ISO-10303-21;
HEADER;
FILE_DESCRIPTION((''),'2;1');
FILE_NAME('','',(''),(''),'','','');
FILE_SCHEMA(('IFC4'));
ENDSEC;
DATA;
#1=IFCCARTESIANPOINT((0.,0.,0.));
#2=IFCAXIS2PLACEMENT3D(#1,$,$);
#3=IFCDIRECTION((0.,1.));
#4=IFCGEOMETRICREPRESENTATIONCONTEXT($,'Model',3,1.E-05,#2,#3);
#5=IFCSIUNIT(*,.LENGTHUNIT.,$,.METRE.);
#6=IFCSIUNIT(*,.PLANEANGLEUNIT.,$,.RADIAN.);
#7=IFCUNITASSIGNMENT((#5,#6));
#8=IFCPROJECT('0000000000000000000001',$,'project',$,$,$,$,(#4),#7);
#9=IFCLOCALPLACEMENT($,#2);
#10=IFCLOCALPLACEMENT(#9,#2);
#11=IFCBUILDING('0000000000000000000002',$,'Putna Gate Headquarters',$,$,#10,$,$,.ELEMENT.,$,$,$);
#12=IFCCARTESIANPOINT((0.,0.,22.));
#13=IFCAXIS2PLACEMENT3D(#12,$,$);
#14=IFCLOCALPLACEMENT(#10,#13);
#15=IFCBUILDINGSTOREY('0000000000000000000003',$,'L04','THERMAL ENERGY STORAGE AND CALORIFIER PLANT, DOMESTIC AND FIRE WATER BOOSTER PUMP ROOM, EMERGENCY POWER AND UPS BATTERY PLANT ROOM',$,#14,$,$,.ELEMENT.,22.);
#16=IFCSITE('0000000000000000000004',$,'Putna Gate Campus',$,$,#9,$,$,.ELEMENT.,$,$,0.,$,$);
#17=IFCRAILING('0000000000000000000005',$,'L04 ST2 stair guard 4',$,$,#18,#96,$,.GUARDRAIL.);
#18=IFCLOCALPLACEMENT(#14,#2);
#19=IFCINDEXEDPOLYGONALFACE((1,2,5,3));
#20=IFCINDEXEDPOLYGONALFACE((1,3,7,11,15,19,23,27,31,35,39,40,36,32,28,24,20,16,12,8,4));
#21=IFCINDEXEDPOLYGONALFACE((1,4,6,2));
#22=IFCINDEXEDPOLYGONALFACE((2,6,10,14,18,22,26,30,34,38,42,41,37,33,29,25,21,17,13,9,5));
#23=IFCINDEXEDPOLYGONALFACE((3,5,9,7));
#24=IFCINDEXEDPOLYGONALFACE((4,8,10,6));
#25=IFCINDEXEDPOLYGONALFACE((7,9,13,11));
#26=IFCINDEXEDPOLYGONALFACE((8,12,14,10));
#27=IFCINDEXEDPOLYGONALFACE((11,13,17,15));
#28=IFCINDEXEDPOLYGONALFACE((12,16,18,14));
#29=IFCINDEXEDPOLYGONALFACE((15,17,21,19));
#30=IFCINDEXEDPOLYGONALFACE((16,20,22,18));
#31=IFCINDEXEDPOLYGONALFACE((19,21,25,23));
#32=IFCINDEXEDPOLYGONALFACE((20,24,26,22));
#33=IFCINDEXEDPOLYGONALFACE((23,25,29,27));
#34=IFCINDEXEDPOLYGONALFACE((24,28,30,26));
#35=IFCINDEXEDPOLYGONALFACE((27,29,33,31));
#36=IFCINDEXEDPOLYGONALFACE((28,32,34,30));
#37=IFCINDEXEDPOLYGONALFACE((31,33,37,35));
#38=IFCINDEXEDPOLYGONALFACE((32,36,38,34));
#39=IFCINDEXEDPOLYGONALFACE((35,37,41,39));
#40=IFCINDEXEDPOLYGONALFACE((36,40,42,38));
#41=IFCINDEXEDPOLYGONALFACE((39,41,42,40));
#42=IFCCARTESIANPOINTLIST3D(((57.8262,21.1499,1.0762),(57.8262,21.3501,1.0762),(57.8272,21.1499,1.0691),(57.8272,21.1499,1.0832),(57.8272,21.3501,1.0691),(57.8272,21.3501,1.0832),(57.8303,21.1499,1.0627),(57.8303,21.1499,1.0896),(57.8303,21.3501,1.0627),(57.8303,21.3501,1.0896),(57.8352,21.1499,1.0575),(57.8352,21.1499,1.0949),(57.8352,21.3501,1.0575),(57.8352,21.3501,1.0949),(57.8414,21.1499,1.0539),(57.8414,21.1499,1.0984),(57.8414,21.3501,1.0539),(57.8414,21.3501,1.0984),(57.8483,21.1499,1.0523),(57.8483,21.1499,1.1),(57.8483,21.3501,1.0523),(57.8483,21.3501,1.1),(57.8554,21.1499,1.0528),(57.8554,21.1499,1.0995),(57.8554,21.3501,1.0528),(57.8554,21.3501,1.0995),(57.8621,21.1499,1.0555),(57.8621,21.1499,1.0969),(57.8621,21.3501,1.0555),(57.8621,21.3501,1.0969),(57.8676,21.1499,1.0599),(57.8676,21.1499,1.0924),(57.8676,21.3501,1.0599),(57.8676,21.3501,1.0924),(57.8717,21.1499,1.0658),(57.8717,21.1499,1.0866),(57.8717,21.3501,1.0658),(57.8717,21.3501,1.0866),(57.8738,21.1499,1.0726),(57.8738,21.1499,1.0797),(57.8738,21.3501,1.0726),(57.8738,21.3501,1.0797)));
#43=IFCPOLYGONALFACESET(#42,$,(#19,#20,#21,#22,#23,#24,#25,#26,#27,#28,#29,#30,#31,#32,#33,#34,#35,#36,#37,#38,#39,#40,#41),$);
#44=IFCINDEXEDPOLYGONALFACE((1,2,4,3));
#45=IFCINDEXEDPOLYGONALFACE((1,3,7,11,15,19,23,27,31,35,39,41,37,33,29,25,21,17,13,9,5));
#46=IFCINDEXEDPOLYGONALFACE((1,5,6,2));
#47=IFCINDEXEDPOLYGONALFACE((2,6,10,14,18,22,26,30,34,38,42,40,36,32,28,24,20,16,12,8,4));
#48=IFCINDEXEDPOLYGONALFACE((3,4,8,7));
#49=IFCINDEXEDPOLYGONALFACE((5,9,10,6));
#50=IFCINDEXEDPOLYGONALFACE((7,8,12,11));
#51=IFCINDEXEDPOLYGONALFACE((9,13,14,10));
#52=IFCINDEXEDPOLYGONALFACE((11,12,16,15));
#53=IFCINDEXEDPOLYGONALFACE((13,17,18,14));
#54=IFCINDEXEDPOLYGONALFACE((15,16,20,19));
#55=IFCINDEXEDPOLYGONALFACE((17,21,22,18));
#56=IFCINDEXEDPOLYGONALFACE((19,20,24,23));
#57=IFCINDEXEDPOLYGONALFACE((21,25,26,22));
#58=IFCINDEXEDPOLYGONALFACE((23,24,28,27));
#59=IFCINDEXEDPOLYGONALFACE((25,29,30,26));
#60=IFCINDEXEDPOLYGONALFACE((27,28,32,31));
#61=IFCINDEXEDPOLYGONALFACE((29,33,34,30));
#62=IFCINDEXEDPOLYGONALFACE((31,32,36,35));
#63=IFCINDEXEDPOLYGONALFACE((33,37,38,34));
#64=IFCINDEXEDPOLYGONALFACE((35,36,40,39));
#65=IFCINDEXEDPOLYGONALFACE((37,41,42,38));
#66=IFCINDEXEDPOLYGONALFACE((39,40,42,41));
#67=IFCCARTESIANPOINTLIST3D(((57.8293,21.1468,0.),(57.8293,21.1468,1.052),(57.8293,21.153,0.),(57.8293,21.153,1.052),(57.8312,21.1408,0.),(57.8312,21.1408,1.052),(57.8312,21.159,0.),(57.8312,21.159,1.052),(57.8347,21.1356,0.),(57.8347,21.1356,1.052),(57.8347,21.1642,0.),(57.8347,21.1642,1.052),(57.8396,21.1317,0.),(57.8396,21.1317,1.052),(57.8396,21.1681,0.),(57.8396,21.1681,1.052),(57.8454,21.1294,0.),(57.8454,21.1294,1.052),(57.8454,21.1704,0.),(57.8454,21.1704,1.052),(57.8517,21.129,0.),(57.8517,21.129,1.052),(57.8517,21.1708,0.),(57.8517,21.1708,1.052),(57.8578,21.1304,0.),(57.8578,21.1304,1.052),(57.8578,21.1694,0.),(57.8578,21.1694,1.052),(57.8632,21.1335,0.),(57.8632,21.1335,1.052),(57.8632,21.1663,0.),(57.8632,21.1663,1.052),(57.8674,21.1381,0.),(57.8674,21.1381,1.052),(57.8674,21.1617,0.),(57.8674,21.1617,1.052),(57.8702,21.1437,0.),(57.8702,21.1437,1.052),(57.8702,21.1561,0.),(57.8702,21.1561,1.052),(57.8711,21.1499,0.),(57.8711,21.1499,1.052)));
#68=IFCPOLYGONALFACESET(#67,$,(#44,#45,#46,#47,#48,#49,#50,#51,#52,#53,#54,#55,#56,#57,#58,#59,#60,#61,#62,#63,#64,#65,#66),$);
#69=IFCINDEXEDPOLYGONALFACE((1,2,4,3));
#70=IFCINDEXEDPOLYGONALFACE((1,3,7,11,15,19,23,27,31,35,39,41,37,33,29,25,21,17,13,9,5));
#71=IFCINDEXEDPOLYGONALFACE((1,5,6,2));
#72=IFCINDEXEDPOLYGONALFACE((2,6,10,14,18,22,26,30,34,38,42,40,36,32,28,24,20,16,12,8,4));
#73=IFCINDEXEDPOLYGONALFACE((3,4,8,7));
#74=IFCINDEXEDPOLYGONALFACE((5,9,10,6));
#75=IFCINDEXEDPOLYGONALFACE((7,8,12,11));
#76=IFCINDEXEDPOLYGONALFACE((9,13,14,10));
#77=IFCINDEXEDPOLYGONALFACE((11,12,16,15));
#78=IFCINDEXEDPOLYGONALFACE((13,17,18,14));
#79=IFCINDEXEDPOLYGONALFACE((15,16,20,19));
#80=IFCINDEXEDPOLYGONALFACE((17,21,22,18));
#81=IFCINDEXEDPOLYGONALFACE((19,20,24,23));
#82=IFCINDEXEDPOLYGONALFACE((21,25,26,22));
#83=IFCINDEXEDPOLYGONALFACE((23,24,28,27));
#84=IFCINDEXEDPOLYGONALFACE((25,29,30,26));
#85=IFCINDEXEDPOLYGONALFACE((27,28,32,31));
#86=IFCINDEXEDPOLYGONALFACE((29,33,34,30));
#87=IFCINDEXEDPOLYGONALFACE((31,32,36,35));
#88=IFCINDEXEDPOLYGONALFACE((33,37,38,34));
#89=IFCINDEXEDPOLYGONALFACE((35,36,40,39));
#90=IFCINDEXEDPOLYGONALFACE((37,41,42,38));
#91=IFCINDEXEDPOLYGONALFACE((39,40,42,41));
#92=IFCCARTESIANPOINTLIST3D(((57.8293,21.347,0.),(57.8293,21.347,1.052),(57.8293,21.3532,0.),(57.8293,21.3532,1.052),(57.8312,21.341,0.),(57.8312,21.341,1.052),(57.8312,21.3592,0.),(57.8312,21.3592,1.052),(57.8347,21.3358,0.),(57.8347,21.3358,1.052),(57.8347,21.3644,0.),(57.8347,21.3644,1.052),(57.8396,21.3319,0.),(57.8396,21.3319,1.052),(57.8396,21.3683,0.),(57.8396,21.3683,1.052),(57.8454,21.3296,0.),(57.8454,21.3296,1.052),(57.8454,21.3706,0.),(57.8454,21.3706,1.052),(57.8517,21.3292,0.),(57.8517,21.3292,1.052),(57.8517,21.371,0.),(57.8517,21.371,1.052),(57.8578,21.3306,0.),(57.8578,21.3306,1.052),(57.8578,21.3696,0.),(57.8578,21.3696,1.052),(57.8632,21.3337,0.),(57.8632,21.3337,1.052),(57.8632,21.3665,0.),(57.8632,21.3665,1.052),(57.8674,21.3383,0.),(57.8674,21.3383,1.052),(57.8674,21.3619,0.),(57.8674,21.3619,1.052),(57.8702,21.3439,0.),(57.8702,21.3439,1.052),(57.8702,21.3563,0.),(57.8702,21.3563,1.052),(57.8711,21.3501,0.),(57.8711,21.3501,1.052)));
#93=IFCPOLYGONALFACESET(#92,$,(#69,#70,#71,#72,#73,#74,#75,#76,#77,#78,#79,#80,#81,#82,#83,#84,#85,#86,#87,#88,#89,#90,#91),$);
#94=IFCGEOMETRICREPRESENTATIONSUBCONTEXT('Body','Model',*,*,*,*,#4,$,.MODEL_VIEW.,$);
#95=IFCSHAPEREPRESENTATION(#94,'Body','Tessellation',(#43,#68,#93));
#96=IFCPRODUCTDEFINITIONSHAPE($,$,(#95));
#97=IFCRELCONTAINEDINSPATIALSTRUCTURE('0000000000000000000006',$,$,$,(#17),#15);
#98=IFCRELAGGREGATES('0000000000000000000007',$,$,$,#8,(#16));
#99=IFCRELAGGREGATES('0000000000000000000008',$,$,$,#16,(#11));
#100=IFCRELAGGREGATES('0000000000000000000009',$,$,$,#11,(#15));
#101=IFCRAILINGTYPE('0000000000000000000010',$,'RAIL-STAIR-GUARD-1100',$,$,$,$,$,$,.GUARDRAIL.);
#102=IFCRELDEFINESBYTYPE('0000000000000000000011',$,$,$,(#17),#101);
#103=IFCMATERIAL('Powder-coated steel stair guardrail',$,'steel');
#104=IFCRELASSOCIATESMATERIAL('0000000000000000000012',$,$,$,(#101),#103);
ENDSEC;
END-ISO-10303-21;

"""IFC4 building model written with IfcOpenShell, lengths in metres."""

from ifc_helpers import new_model, si_unit, direction, frame, origin, origin_2d, place, context, subcontext, project, spatial, circle, extrude, material, type_object, element, save


model = new_model("IFC4")

# Units and contexts
model_context = context("Model", 3, precision=1e-05, world=origin(), true_north=direction((0.0, 1.0)))
body_context = subcontext(model_context, "Body", "Model", "MODEL_VIEW")
ifc_project = project(units=[si_unit("LENGTHUNIT", "METRE"), si_unit("PLANEANGLEUNIT", "RADIAN")], contexts=[model_context])

# Site, building, storey
site_placement = place(None, origin())
site = spatial("IfcSite", under=ifc_project, at=site_placement, Name="Putna Gate Campus", CompositionType="ELEMENT", RefElevation=0.0)
building_placement = place(site_placement, origin())
building = spatial("IfcBuilding", under=site, at=building_placement, Name="Putna Gate Headquarters", CompositionType="ELEMENT")
storey_placement = place(building_placement, frame((0.0, 0.0, 22.0)))
storey = spatial("IfcBuildingStorey", under=building, at=storey_placement, Name="L04", Description="THERMAL ENERGY STORAGE AND CALORIFIER PLANT, DOMESTIC AND FIRE WATER BOOSTER PUMP ROOM, EMERGENCY POWER AND UPS BATTERY PLANT ROOM", CompositionType="ELEMENT", Elevation=22.0)

# Railing
ifc_material_1 = material(Name="Powder-coated steel stair guardrail", Category="steel")
railing_type_1 = type_object("IfcRailingType", Name="RAIL-STAIR-GUARD-1100", PredefinedType="GUARDRAIL", material=ifc_material_1)
railing_1_placement = place(storey_placement, frame((57.8501, 21.1499, 0.0)))
element("IfcRailing", 1, at=railing_1_placement, inside=storey, type_object=railing_type_1, Name="L04 ST2 stair guard 4", PredefinedType="GUARDRAIL", context=body_context, shape_type="SweptSolid", body=[
    extrude(circle(Radius=0.0239, at=origin_2d()), frame((0.0, 0.0, 1.0762), z_axis=(0.0, 1.0, 0.0), x_axis=(-1.0, 0.0, 0.0)), (0.0, 0.0, 1.0), 0.2002),
    extrude(circle(Radius=0.021, at=origin_2d()), origin(), (0.0, 0.0, 1.0), 1.052),
    extrude(circle(Radius=0.021, at=origin_2d()), frame((0.0, 0.2002, 0.0)), (0.0, 0.0, 1.0), 1.052),
])

save(model, "model.ifc")
